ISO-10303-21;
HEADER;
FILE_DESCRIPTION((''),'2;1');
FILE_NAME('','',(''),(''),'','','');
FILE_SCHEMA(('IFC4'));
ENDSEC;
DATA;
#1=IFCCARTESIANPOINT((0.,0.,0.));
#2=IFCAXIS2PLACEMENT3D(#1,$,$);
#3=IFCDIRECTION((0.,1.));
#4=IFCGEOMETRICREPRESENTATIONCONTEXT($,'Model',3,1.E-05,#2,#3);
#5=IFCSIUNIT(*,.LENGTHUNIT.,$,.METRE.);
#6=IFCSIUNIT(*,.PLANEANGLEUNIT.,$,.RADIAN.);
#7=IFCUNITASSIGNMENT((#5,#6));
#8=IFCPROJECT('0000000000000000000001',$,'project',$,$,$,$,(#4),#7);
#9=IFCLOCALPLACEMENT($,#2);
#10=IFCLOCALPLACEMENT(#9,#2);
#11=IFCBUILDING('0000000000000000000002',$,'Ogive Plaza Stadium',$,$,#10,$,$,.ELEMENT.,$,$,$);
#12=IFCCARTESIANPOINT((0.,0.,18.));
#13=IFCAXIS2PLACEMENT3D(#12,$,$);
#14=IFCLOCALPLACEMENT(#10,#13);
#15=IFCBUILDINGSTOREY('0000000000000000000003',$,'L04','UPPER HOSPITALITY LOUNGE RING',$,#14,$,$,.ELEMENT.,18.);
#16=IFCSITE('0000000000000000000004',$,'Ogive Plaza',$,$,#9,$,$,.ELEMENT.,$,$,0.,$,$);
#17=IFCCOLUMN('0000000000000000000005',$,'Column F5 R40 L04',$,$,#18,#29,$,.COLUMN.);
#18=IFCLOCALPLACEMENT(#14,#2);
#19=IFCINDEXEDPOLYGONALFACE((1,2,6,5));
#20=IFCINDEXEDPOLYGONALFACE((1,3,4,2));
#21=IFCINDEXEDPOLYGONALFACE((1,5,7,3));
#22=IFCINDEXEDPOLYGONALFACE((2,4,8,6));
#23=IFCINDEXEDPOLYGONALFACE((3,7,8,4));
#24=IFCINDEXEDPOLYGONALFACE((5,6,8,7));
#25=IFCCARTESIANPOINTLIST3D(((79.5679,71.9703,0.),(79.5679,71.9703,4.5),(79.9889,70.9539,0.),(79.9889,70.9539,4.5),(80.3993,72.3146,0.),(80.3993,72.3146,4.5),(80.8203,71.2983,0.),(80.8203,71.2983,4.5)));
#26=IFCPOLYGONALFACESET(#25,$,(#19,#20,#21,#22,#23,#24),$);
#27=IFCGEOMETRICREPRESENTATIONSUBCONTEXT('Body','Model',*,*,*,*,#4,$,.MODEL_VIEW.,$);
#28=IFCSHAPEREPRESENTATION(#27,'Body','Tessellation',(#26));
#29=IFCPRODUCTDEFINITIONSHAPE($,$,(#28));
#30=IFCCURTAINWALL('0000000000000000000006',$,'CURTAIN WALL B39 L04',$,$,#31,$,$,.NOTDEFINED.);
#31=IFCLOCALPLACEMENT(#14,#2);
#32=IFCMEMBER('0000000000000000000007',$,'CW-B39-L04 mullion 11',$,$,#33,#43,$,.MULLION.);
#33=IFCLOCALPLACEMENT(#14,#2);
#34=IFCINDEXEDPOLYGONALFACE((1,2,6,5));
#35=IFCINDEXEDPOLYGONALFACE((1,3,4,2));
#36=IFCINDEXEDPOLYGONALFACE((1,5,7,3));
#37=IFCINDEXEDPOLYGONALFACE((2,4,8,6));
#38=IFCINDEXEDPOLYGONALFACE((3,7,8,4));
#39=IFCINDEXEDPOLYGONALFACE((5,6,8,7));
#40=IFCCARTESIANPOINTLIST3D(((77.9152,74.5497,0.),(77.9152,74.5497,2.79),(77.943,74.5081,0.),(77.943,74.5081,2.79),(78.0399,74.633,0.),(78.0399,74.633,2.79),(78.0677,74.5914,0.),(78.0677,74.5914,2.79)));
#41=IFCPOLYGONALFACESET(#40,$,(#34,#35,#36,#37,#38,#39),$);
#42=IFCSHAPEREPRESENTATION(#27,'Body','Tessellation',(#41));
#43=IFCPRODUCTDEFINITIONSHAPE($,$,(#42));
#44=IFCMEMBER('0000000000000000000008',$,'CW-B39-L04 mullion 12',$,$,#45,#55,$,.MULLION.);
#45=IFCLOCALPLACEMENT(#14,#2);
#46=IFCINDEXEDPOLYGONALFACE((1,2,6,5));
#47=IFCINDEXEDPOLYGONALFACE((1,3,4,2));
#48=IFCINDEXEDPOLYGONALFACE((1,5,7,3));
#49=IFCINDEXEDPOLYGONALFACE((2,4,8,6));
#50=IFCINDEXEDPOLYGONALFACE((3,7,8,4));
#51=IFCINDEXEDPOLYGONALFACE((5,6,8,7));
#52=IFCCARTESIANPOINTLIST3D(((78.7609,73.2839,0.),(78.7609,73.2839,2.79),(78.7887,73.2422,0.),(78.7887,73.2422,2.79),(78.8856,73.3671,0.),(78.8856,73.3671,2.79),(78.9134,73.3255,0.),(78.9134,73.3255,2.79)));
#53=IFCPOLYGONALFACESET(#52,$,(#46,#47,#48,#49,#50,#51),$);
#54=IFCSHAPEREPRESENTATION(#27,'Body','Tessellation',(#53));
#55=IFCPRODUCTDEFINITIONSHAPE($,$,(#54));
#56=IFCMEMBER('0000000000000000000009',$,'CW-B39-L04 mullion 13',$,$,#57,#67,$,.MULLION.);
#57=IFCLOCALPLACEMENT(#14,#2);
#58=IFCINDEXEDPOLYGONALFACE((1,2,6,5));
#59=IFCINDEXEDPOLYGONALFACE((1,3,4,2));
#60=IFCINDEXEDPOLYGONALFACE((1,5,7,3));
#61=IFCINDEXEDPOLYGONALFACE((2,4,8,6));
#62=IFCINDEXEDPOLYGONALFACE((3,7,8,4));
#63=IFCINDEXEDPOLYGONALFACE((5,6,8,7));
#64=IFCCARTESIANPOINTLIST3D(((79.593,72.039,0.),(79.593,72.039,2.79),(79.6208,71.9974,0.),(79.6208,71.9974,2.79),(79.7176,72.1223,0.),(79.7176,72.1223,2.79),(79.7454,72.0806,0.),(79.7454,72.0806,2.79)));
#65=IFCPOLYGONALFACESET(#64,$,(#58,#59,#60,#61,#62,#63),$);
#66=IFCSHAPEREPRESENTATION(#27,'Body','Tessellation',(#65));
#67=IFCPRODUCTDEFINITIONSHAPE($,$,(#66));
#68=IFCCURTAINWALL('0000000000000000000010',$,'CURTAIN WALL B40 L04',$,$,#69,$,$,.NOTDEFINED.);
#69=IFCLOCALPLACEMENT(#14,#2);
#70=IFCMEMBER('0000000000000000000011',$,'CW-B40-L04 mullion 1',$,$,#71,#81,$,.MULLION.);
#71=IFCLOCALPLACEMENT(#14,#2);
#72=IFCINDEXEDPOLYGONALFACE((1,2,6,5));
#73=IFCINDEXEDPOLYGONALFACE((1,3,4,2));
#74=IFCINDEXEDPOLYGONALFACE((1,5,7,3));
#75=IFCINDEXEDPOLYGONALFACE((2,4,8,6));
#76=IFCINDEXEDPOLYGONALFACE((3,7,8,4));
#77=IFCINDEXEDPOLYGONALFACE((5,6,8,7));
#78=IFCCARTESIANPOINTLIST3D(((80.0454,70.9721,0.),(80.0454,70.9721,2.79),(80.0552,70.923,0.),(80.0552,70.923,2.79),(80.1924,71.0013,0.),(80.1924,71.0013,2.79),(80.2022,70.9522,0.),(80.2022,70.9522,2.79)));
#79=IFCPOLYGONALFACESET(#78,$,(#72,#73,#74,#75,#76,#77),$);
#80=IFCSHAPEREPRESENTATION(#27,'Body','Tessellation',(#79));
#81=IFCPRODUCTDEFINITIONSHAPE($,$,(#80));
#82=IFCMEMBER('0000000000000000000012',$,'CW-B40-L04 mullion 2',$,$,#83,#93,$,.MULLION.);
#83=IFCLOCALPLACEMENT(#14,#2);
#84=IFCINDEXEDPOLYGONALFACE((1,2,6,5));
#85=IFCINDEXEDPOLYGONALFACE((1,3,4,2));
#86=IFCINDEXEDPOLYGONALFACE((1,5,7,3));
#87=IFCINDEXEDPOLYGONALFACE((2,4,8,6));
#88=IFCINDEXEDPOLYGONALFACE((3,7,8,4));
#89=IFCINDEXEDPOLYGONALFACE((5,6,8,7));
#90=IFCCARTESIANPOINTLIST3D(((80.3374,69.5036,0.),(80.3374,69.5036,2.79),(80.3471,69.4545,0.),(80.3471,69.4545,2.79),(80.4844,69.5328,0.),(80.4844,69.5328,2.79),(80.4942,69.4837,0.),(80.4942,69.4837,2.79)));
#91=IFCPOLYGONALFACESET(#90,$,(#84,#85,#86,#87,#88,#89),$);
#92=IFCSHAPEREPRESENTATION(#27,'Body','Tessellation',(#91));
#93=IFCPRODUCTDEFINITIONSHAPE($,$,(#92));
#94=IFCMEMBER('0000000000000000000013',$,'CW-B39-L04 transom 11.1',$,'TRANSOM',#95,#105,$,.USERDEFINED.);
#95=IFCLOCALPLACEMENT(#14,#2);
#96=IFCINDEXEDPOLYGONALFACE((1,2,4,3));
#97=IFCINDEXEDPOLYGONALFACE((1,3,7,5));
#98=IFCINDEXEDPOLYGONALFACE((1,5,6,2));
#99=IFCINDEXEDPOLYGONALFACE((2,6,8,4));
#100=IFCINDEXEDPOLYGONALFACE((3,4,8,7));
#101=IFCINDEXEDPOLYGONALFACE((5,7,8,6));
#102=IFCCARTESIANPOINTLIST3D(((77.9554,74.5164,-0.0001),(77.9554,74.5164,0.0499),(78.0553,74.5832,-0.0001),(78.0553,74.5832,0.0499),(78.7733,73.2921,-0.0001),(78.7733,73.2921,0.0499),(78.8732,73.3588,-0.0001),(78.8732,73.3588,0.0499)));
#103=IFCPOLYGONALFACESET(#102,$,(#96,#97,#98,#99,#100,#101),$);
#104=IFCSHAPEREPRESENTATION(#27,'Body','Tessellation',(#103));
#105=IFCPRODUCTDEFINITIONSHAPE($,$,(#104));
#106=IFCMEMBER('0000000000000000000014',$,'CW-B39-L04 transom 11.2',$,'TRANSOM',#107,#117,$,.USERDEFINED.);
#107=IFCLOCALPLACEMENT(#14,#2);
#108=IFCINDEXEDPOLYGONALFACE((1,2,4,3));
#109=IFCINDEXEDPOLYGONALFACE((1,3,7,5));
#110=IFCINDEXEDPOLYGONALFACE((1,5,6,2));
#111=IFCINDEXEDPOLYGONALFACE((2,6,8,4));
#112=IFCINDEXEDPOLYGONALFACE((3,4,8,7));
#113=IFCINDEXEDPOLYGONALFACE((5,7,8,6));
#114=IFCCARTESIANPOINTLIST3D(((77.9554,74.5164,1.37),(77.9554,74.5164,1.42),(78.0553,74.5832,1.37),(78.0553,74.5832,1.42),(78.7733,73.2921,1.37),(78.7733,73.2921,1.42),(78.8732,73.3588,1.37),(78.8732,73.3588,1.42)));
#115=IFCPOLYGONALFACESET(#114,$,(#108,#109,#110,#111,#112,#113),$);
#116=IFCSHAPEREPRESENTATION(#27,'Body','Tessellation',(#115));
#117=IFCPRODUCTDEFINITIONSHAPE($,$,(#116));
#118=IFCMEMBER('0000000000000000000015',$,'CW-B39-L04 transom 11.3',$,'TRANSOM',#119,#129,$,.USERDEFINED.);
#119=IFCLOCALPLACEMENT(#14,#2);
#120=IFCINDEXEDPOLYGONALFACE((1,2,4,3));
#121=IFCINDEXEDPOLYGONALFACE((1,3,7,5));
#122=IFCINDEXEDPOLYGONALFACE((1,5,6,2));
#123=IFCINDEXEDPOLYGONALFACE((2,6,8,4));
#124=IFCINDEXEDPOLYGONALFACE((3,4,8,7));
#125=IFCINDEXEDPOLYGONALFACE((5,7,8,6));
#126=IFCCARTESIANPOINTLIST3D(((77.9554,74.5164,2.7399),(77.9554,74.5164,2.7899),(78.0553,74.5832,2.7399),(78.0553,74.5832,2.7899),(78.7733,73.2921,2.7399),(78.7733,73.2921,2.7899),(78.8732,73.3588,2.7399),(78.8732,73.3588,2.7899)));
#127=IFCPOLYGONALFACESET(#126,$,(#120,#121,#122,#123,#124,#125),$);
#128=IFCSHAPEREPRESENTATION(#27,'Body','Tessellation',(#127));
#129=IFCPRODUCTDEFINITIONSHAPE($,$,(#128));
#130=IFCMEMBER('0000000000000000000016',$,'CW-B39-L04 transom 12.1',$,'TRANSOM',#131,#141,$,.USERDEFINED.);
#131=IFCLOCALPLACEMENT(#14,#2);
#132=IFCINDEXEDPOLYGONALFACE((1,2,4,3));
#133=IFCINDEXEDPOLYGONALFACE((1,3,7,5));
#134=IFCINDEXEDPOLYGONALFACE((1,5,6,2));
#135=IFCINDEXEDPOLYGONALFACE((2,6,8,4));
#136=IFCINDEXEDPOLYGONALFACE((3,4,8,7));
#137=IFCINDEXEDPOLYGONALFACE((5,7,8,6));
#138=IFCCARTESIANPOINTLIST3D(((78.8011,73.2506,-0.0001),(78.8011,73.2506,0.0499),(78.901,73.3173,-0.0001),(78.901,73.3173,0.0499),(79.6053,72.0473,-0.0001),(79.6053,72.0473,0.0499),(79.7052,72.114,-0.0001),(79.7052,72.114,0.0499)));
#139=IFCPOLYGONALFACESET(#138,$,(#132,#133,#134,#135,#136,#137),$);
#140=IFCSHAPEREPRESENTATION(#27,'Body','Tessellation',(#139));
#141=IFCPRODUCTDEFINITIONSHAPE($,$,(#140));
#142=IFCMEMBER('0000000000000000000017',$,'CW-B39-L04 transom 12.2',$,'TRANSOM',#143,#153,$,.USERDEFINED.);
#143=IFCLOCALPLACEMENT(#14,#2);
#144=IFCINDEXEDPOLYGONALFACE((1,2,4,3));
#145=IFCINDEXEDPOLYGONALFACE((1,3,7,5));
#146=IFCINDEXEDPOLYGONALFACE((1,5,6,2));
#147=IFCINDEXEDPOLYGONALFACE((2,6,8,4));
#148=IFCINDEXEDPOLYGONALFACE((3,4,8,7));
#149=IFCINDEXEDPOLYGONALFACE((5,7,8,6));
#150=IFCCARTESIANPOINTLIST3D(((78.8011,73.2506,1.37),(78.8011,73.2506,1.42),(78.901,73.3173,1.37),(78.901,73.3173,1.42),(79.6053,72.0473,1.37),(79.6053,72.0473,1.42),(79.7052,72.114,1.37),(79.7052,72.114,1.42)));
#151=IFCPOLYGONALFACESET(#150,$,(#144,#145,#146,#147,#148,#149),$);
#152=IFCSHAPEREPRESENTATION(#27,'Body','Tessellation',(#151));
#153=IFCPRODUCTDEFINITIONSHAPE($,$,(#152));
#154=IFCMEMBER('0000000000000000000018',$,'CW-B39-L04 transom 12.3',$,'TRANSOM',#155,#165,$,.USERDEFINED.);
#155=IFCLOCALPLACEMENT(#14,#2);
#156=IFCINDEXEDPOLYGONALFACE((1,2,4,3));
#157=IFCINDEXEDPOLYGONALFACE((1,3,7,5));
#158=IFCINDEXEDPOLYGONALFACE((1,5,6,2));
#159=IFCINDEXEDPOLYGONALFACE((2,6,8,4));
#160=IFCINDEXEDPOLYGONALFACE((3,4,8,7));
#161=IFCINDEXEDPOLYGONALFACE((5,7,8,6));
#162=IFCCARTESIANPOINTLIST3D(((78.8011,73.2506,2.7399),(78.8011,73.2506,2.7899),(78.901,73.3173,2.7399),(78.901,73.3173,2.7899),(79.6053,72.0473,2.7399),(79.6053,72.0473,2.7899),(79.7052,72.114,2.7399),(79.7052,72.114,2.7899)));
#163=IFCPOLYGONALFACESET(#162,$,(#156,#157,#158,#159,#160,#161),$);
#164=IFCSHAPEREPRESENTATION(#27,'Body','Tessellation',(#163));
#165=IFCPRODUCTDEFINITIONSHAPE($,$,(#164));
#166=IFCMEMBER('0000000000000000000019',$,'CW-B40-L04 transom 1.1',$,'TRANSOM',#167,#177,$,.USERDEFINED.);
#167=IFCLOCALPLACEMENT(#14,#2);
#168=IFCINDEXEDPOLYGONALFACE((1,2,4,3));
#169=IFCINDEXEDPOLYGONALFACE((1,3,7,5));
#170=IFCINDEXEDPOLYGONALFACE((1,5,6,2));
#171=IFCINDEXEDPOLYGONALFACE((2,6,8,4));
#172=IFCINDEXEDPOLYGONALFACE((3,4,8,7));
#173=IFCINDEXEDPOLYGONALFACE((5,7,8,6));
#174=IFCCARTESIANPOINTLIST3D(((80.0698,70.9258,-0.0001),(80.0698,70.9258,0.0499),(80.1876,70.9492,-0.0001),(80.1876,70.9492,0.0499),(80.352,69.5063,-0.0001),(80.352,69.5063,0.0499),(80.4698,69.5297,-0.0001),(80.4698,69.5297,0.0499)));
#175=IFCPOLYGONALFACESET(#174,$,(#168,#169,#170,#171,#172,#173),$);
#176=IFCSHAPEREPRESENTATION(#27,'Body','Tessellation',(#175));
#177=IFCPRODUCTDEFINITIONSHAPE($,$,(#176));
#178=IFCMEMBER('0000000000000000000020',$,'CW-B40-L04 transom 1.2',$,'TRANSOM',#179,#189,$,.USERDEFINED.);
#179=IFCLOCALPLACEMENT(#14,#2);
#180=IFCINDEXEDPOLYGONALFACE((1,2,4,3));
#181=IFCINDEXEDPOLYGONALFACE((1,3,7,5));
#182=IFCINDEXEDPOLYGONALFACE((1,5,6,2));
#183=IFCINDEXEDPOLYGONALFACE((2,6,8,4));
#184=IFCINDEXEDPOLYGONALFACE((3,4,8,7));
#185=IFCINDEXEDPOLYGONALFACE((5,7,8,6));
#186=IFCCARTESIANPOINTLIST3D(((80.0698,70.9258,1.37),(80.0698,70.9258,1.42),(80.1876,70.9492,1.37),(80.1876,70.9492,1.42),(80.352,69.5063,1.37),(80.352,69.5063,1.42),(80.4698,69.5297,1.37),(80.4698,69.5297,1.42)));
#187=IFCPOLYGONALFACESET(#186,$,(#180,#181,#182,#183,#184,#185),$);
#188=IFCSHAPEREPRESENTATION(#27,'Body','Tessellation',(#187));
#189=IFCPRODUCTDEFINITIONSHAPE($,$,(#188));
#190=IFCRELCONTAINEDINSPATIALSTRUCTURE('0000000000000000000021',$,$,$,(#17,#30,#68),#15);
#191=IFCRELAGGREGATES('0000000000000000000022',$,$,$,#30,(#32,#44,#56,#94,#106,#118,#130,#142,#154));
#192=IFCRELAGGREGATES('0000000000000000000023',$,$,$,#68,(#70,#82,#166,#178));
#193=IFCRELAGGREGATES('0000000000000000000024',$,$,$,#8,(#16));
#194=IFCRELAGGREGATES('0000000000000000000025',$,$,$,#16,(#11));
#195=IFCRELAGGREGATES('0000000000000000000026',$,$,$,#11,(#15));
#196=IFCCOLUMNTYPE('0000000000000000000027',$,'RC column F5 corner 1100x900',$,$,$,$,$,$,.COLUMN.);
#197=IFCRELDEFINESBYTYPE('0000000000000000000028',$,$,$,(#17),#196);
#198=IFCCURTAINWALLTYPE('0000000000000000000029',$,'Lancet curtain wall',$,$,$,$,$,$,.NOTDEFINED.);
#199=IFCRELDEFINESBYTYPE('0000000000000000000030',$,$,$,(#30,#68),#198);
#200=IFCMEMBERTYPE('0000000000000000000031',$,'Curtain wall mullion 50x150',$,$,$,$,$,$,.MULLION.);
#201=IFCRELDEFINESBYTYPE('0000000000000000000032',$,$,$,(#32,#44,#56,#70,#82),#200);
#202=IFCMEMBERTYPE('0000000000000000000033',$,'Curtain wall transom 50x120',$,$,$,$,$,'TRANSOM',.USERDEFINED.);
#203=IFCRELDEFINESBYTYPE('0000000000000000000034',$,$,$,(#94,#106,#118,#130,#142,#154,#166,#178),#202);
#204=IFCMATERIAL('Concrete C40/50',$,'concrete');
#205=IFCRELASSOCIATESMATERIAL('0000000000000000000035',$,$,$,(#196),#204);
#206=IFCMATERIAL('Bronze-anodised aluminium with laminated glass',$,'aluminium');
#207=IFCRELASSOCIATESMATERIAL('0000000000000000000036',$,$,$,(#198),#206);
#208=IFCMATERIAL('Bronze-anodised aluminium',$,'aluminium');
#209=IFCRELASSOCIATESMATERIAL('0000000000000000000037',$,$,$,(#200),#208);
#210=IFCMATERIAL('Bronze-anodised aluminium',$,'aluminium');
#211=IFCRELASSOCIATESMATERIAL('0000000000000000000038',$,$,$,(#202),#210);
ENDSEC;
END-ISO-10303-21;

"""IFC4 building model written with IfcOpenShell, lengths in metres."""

from ifc_helpers import new_model, si_unit, direction, frame, origin, origin_2d, place, context, subcontext, project, spatial, rectangle, extrude, material, material_profile, profile_set, type_object, element, aggregate, save


model = new_model("IFC4")

# Units and contexts
model_context = context("Model", 3, precision=1e-05, world=origin(), true_north=direction((0.0, 1.0)))
body_context = subcontext(model_context, "Body", "Model", "MODEL_VIEW")
ifc_project = project(units=[si_unit("LENGTHUNIT", "METRE"), si_unit("PLANEANGLEUNIT", "RADIAN")], contexts=[model_context])

# Site, building, storey
site_placement = place(None, origin())
site = spatial("IfcSite", under=ifc_project, at=site_placement, Name="Ogive Plaza", CompositionType="ELEMENT", RefElevation=0.0)
building_placement = place(site_placement, origin())
building = spatial("IfcBuilding", under=site, at=building_placement, Name="Ogive Plaza Stadium", CompositionType="ELEMENT")
storey_placement = place(building_placement, frame((0.0, 0.0, 18.0)))
storey = spatial("IfcBuildingStorey", under=building, at=storey_placement, Name="L04", Description="UPPER HOSPITALITY LOUNGE RING", CompositionType="ELEMENT", Elevation=18.0)

# Column
ifc_material_1 = material(Name="Concrete C40/50", Category="concrete")
ifc_material_profile_1 = material_profile(ifc_material_1, rectangle(XDim=1.1001, YDim=0.8999, at=origin_2d()), Name="RC 1100x900")
ifc_profile_set_1 = profile_set([ifc_material_profile_1], Name="Concrete C40/50")
column_type = type_object("IfcColumnType", Name="RC column F5 corner 1100x900", PredefinedType="COLUMN", material=ifc_profile_set_1)
column_placement = place(storey_placement, frame((80.1941, 71.6343, 0.0), z_axis=(0.0, 0.0, 1.0), x_axis=(-0.382683, 0.92388, 0.0)))
element("IfcColumn", 1, at=column_placement, inside=storey, type_object=column_type, Name="Column F5 R40 L04", PredefinedType="COLUMN", context=body_context, shape_type="SweptSolid", body=[
    extrude(rectangle(XDim=1.1001, YDim=0.8999, at=origin_2d()), origin(), (0.0, 0.0, 1.0), 4.5),
])

# Curtain walls, members
ifc_material_2 = material(Name="Bronze-anodised aluminium with laminated glass", Category="aluminium")
curtain_wall_type = type_object("IfcCurtainWallType", Name="Lancet curtain wall", PredefinedType="NOTDEFINED", material=ifc_material_2)
curtain_wall_1_placement = place(storey_placement, origin())
curtain_wall_1 = element("IfcCurtainWall", 2, at=curtain_wall_1_placement, inside=storey, type_object=curtain_wall_type, Name="CURTAIN WALL B39 L04", PredefinedType="NOTDEFINED")
ifc_material_3 = material(Name="Bronze-anodised aluminium", Category="aluminium")
ifc_material_profile_2 = material_profile(ifc_material_3, rectangle(XDim=0.1499, YDim=0.05, at=origin_2d()), Name="AL 150x50")
ifc_profile_set_2 = profile_set([ifc_material_profile_2], Name="Bronze-anodised aluminium")
member_type_1 = type_object("IfcMemberType", Name="Curtain wall mullion 50x150", PredefinedType="MULLION", material=ifc_profile_set_2)
member_1_placement = place(storey_placement, frame((77.9915, 74.5706, 0.0), z_axis=(0.0, 0.0, 1.0), x_axis=(0.83147, 0.55557, 0.0)))
member_1 = element("IfcMember", 3, at=member_1_placement, type_object=member_type_1, Name="CW-B39-L04 mullion 11", PredefinedType="MULLION", context=body_context, shape_type="SweptSolid", body=[
    extrude(rectangle(XDim=0.1499, YDim=0.05, at=origin_2d()), origin(), (0.0, 0.0, 1.0), 2.79),
])
member_2_placement = place(storey_placement, frame((78.8372, 73.3047, 0.0), z_axis=(0.0, 0.0, 1.0), x_axis=(0.83147, 0.55557, 0.0)))
member_2 = element("IfcMember", 4, at=member_2_placement, type_object=member_type_1, Name="CW-B39-L04 mullion 12", PredefinedType="MULLION", context=body_context, shape_type="SweptSolid", body=[
    extrude(rectangle(XDim=0.1499, YDim=0.05, at=origin_2d()), origin(), (0.0, 0.0, 1.0), 2.79),
])
member_3_placement = place(storey_placement, frame((79.6692, 72.0598, 0.0), z_axis=(0.0, 0.0, 1.0), x_axis=(0.83147, 0.55557, 0.0)))
member_3 = element("IfcMember", 5, at=member_3_placement, type_object=member_type_1, Name="CW-B39-L04 mullion 13", PredefinedType="MULLION", context=body_context, shape_type="SweptSolid", body=[
    extrude(rectangle(XDim=0.1499, YDim=0.05, at=origin_2d()), origin(), (0.0, 0.0, 1.0), 2.79),
])
curtain_wall_2_placement = place(storey_placement, origin())
curtain_wall_2 = element("IfcCurtainWall", 6, at=curtain_wall_2_placement, inside=storey, type_object=curtain_wall_type, Name="CURTAIN WALL B40 L04", PredefinedType="NOTDEFINED")
member_4_placement = place(storey_placement, frame((80.1238, 70.9622, 0.0), z_axis=(0.0, 0.0, 1.0), x_axis=(0.980785, 0.19509, 0.0)))
member_4 = element("IfcMember", 7, at=member_4_placement, type_object=member_type_1, Name="CW-B40-L04 mullion 1", PredefinedType="MULLION", context=body_context, shape_type="SweptSolid", body=[
    extrude(rectangle(XDim=0.1499, YDim=0.05, at=origin_2d()), origin(), (0.0, 0.0, 1.0), 2.79),
])
member_5_placement = place(storey_placement, frame((80.4158, 69.4937, 0.0), z_axis=(0.0, 0.0, 1.0), x_axis=(0.980785, 0.19509, 0.0)))
member_5 = element("IfcMember", 8, at=member_5_placement, type_object=member_type_1, Name="CW-B40-L04 mullion 2", PredefinedType="MULLION", context=body_context, shape_type="SweptSolid", body=[
    extrude(rectangle(XDim=0.1499, YDim=0.05, at=origin_2d()), origin(), (0.0, 0.0, 1.0), 2.79),
])

# Members
ifc_material_4 = material(Name="Bronze-anodised aluminium", Category="aluminium")
ifc_material_profile_3 = material_profile(ifc_material_4, rectangle(XDim=0.1201, YDim=0.05, at=origin_2d()), Name="AL 120x50")
ifc_profile_set_3 = profile_set([ifc_material_profile_3], Name="Bronze-anodised aluminium")
member_type_2 = type_object("IfcMemberType", Name="Curtain wall transom 50x120", ElementType="TRANSOM", PredefinedType="USERDEFINED", material=ifc_profile_set_3)
member_6_placement = place(storey_placement, frame((78.0054, 74.5498, 0.0249), z_axis=(0.555465, -0.83154, 0.0), x_axis=(0.83154, 0.555465, 0.0)))
member_6 = element("IfcMember", 9, at=member_6_placement, type_object=member_type_2, Name="CW-B39-L04 transom 11.1", ObjectType="TRANSOM", PredefinedType="USERDEFINED", context=body_context, shape_type="SweptSolid", body=[
    extrude(rectangle(XDim=0.1201, YDim=0.05, at=origin_2d()), origin(), (0.0, 0.0, 1.0), 1.4724),
])
member_7_placement = place(storey_placement, frame((78.0054, 74.5498, 1.395), z_axis=(0.555465, -0.83154, 0.0), x_axis=(0.83154, 0.555465, 0.0)))
member_7 = element("IfcMember", 10, at=member_7_placement, type_object=member_type_2, Name="CW-B39-L04 transom 11.2", ObjectType="TRANSOM", PredefinedType="USERDEFINED", context=body_context, shape_type="SweptSolid", body=[
    extrude(rectangle(XDim=0.1201, YDim=0.05, at=origin_2d()), origin(), (0.0, 0.0, 1.0), 1.4724),
])
member_8_placement = place(storey_placement, frame((78.0054, 74.5498, 2.7649), z_axis=(0.555465, -0.83154, 0.0), x_axis=(0.83154, 0.555465, 0.0)))
member_8 = element("IfcMember", 11, at=member_8_placement, type_object=member_type_2, Name="CW-B39-L04 transom 11.3", ObjectType="TRANSOM", PredefinedType="USERDEFINED", context=body_context, shape_type="SweptSolid", body=[
    extrude(rectangle(XDim=0.1201, YDim=0.05, at=origin_2d()), origin(), (0.0, 0.0, 1.0), 1.4724),
])
member_9_placement = place(storey_placement, frame((78.8511, 73.2839, 0.0249), z_axis=(0.555634, -0.831427, 0.0), x_axis=(0.831427, 0.555634, 0.0)))
member_9 = element("IfcMember", 12, at=member_9_placement, type_object=member_type_2, Name="CW-B39-L04 transom 12.1", ObjectType="TRANSOM", PredefinedType="USERDEFINED", context=body_context, shape_type="SweptSolid", body=[
    extrude(rectangle(XDim=0.1201, YDim=0.05, at=origin_2d()), origin(), (0.0, 0.0, 1.0), 1.4473),
])
member_10_placement = place(storey_placement, frame((78.8511, 73.2839, 1.395), z_axis=(0.555634, -0.831427, 0.0), x_axis=(0.831427, 0.555634, 0.0)))
member_10 = element("IfcMember", 13, at=member_10_placement, type_object=member_type_2, Name="CW-B39-L04 transom 12.2", ObjectType="TRANSOM", PredefinedType="USERDEFINED", context=body_context, shape_type="SweptSolid", body=[
    extrude(rectangle(XDim=0.1201, YDim=0.05, at=origin_2d()), origin(), (0.0, 0.0, 1.0), 1.4473),
])
member_11_placement = place(storey_placement, frame((78.8511, 73.2839, 2.7649), z_axis=(0.555634, -0.831427, 0.0), x_axis=(0.831427, 0.555634, 0.0)))
member_11 = element("IfcMember", 14, at=member_11_placement, type_object=member_type_2, Name="CW-B39-L04 transom 12.3", ObjectType="TRANSOM", PredefinedType="USERDEFINED", context=body_context, shape_type="SweptSolid", body=[
    extrude(rectangle(XDim=0.1201, YDim=0.05, at=origin_2d()), origin(), (0.0, 0.0, 1.0), 1.4473),
])
member_12_placement = place(storey_placement, frame((80.1287, 70.9375, 0.0249), z_axis=(0.195013, -0.980801, 0.0), x_axis=(0.980801, 0.195013, 0.0)))
member_12 = element("IfcMember", 15, at=member_12_placement, type_object=member_type_2, Name="CW-B40-L04 transom 1.1", ObjectType="TRANSOM", PredefinedType="USERDEFINED", context=body_context, shape_type="SweptSolid", body=[
    extrude(rectangle(XDim=0.1201, YDim=0.05, at=origin_2d()), origin(), (0.0, 0.0, 1.0), 1.4473),
])
member_13_placement = place(storey_placement, frame((80.1287, 70.9375, 1.395), z_axis=(0.195013, -0.980801, 0.0), x_axis=(0.980801, 0.195013, 0.0)))
member_13 = element("IfcMember", 16, at=member_13_placement, type_object=member_type_2, Name="CW-B40-L04 transom 1.2", ObjectType="TRANSOM", PredefinedType="USERDEFINED", context=body_context, shape_type="SweptSolid", body=[
    extrude(rectangle(XDim=0.1201, YDim=0.05, at=origin_2d()), origin(), (0.0, 0.0, 1.0), 1.4473),
])

aggregate(curtain_wall_1, [member_1, member_2, member_3, member_6, member_7, member_8, member_9, member_10, member_11])
aggregate(curtain_wall_2, [member_4, member_5, member_12, member_13])

save(model, "model.ifc")
